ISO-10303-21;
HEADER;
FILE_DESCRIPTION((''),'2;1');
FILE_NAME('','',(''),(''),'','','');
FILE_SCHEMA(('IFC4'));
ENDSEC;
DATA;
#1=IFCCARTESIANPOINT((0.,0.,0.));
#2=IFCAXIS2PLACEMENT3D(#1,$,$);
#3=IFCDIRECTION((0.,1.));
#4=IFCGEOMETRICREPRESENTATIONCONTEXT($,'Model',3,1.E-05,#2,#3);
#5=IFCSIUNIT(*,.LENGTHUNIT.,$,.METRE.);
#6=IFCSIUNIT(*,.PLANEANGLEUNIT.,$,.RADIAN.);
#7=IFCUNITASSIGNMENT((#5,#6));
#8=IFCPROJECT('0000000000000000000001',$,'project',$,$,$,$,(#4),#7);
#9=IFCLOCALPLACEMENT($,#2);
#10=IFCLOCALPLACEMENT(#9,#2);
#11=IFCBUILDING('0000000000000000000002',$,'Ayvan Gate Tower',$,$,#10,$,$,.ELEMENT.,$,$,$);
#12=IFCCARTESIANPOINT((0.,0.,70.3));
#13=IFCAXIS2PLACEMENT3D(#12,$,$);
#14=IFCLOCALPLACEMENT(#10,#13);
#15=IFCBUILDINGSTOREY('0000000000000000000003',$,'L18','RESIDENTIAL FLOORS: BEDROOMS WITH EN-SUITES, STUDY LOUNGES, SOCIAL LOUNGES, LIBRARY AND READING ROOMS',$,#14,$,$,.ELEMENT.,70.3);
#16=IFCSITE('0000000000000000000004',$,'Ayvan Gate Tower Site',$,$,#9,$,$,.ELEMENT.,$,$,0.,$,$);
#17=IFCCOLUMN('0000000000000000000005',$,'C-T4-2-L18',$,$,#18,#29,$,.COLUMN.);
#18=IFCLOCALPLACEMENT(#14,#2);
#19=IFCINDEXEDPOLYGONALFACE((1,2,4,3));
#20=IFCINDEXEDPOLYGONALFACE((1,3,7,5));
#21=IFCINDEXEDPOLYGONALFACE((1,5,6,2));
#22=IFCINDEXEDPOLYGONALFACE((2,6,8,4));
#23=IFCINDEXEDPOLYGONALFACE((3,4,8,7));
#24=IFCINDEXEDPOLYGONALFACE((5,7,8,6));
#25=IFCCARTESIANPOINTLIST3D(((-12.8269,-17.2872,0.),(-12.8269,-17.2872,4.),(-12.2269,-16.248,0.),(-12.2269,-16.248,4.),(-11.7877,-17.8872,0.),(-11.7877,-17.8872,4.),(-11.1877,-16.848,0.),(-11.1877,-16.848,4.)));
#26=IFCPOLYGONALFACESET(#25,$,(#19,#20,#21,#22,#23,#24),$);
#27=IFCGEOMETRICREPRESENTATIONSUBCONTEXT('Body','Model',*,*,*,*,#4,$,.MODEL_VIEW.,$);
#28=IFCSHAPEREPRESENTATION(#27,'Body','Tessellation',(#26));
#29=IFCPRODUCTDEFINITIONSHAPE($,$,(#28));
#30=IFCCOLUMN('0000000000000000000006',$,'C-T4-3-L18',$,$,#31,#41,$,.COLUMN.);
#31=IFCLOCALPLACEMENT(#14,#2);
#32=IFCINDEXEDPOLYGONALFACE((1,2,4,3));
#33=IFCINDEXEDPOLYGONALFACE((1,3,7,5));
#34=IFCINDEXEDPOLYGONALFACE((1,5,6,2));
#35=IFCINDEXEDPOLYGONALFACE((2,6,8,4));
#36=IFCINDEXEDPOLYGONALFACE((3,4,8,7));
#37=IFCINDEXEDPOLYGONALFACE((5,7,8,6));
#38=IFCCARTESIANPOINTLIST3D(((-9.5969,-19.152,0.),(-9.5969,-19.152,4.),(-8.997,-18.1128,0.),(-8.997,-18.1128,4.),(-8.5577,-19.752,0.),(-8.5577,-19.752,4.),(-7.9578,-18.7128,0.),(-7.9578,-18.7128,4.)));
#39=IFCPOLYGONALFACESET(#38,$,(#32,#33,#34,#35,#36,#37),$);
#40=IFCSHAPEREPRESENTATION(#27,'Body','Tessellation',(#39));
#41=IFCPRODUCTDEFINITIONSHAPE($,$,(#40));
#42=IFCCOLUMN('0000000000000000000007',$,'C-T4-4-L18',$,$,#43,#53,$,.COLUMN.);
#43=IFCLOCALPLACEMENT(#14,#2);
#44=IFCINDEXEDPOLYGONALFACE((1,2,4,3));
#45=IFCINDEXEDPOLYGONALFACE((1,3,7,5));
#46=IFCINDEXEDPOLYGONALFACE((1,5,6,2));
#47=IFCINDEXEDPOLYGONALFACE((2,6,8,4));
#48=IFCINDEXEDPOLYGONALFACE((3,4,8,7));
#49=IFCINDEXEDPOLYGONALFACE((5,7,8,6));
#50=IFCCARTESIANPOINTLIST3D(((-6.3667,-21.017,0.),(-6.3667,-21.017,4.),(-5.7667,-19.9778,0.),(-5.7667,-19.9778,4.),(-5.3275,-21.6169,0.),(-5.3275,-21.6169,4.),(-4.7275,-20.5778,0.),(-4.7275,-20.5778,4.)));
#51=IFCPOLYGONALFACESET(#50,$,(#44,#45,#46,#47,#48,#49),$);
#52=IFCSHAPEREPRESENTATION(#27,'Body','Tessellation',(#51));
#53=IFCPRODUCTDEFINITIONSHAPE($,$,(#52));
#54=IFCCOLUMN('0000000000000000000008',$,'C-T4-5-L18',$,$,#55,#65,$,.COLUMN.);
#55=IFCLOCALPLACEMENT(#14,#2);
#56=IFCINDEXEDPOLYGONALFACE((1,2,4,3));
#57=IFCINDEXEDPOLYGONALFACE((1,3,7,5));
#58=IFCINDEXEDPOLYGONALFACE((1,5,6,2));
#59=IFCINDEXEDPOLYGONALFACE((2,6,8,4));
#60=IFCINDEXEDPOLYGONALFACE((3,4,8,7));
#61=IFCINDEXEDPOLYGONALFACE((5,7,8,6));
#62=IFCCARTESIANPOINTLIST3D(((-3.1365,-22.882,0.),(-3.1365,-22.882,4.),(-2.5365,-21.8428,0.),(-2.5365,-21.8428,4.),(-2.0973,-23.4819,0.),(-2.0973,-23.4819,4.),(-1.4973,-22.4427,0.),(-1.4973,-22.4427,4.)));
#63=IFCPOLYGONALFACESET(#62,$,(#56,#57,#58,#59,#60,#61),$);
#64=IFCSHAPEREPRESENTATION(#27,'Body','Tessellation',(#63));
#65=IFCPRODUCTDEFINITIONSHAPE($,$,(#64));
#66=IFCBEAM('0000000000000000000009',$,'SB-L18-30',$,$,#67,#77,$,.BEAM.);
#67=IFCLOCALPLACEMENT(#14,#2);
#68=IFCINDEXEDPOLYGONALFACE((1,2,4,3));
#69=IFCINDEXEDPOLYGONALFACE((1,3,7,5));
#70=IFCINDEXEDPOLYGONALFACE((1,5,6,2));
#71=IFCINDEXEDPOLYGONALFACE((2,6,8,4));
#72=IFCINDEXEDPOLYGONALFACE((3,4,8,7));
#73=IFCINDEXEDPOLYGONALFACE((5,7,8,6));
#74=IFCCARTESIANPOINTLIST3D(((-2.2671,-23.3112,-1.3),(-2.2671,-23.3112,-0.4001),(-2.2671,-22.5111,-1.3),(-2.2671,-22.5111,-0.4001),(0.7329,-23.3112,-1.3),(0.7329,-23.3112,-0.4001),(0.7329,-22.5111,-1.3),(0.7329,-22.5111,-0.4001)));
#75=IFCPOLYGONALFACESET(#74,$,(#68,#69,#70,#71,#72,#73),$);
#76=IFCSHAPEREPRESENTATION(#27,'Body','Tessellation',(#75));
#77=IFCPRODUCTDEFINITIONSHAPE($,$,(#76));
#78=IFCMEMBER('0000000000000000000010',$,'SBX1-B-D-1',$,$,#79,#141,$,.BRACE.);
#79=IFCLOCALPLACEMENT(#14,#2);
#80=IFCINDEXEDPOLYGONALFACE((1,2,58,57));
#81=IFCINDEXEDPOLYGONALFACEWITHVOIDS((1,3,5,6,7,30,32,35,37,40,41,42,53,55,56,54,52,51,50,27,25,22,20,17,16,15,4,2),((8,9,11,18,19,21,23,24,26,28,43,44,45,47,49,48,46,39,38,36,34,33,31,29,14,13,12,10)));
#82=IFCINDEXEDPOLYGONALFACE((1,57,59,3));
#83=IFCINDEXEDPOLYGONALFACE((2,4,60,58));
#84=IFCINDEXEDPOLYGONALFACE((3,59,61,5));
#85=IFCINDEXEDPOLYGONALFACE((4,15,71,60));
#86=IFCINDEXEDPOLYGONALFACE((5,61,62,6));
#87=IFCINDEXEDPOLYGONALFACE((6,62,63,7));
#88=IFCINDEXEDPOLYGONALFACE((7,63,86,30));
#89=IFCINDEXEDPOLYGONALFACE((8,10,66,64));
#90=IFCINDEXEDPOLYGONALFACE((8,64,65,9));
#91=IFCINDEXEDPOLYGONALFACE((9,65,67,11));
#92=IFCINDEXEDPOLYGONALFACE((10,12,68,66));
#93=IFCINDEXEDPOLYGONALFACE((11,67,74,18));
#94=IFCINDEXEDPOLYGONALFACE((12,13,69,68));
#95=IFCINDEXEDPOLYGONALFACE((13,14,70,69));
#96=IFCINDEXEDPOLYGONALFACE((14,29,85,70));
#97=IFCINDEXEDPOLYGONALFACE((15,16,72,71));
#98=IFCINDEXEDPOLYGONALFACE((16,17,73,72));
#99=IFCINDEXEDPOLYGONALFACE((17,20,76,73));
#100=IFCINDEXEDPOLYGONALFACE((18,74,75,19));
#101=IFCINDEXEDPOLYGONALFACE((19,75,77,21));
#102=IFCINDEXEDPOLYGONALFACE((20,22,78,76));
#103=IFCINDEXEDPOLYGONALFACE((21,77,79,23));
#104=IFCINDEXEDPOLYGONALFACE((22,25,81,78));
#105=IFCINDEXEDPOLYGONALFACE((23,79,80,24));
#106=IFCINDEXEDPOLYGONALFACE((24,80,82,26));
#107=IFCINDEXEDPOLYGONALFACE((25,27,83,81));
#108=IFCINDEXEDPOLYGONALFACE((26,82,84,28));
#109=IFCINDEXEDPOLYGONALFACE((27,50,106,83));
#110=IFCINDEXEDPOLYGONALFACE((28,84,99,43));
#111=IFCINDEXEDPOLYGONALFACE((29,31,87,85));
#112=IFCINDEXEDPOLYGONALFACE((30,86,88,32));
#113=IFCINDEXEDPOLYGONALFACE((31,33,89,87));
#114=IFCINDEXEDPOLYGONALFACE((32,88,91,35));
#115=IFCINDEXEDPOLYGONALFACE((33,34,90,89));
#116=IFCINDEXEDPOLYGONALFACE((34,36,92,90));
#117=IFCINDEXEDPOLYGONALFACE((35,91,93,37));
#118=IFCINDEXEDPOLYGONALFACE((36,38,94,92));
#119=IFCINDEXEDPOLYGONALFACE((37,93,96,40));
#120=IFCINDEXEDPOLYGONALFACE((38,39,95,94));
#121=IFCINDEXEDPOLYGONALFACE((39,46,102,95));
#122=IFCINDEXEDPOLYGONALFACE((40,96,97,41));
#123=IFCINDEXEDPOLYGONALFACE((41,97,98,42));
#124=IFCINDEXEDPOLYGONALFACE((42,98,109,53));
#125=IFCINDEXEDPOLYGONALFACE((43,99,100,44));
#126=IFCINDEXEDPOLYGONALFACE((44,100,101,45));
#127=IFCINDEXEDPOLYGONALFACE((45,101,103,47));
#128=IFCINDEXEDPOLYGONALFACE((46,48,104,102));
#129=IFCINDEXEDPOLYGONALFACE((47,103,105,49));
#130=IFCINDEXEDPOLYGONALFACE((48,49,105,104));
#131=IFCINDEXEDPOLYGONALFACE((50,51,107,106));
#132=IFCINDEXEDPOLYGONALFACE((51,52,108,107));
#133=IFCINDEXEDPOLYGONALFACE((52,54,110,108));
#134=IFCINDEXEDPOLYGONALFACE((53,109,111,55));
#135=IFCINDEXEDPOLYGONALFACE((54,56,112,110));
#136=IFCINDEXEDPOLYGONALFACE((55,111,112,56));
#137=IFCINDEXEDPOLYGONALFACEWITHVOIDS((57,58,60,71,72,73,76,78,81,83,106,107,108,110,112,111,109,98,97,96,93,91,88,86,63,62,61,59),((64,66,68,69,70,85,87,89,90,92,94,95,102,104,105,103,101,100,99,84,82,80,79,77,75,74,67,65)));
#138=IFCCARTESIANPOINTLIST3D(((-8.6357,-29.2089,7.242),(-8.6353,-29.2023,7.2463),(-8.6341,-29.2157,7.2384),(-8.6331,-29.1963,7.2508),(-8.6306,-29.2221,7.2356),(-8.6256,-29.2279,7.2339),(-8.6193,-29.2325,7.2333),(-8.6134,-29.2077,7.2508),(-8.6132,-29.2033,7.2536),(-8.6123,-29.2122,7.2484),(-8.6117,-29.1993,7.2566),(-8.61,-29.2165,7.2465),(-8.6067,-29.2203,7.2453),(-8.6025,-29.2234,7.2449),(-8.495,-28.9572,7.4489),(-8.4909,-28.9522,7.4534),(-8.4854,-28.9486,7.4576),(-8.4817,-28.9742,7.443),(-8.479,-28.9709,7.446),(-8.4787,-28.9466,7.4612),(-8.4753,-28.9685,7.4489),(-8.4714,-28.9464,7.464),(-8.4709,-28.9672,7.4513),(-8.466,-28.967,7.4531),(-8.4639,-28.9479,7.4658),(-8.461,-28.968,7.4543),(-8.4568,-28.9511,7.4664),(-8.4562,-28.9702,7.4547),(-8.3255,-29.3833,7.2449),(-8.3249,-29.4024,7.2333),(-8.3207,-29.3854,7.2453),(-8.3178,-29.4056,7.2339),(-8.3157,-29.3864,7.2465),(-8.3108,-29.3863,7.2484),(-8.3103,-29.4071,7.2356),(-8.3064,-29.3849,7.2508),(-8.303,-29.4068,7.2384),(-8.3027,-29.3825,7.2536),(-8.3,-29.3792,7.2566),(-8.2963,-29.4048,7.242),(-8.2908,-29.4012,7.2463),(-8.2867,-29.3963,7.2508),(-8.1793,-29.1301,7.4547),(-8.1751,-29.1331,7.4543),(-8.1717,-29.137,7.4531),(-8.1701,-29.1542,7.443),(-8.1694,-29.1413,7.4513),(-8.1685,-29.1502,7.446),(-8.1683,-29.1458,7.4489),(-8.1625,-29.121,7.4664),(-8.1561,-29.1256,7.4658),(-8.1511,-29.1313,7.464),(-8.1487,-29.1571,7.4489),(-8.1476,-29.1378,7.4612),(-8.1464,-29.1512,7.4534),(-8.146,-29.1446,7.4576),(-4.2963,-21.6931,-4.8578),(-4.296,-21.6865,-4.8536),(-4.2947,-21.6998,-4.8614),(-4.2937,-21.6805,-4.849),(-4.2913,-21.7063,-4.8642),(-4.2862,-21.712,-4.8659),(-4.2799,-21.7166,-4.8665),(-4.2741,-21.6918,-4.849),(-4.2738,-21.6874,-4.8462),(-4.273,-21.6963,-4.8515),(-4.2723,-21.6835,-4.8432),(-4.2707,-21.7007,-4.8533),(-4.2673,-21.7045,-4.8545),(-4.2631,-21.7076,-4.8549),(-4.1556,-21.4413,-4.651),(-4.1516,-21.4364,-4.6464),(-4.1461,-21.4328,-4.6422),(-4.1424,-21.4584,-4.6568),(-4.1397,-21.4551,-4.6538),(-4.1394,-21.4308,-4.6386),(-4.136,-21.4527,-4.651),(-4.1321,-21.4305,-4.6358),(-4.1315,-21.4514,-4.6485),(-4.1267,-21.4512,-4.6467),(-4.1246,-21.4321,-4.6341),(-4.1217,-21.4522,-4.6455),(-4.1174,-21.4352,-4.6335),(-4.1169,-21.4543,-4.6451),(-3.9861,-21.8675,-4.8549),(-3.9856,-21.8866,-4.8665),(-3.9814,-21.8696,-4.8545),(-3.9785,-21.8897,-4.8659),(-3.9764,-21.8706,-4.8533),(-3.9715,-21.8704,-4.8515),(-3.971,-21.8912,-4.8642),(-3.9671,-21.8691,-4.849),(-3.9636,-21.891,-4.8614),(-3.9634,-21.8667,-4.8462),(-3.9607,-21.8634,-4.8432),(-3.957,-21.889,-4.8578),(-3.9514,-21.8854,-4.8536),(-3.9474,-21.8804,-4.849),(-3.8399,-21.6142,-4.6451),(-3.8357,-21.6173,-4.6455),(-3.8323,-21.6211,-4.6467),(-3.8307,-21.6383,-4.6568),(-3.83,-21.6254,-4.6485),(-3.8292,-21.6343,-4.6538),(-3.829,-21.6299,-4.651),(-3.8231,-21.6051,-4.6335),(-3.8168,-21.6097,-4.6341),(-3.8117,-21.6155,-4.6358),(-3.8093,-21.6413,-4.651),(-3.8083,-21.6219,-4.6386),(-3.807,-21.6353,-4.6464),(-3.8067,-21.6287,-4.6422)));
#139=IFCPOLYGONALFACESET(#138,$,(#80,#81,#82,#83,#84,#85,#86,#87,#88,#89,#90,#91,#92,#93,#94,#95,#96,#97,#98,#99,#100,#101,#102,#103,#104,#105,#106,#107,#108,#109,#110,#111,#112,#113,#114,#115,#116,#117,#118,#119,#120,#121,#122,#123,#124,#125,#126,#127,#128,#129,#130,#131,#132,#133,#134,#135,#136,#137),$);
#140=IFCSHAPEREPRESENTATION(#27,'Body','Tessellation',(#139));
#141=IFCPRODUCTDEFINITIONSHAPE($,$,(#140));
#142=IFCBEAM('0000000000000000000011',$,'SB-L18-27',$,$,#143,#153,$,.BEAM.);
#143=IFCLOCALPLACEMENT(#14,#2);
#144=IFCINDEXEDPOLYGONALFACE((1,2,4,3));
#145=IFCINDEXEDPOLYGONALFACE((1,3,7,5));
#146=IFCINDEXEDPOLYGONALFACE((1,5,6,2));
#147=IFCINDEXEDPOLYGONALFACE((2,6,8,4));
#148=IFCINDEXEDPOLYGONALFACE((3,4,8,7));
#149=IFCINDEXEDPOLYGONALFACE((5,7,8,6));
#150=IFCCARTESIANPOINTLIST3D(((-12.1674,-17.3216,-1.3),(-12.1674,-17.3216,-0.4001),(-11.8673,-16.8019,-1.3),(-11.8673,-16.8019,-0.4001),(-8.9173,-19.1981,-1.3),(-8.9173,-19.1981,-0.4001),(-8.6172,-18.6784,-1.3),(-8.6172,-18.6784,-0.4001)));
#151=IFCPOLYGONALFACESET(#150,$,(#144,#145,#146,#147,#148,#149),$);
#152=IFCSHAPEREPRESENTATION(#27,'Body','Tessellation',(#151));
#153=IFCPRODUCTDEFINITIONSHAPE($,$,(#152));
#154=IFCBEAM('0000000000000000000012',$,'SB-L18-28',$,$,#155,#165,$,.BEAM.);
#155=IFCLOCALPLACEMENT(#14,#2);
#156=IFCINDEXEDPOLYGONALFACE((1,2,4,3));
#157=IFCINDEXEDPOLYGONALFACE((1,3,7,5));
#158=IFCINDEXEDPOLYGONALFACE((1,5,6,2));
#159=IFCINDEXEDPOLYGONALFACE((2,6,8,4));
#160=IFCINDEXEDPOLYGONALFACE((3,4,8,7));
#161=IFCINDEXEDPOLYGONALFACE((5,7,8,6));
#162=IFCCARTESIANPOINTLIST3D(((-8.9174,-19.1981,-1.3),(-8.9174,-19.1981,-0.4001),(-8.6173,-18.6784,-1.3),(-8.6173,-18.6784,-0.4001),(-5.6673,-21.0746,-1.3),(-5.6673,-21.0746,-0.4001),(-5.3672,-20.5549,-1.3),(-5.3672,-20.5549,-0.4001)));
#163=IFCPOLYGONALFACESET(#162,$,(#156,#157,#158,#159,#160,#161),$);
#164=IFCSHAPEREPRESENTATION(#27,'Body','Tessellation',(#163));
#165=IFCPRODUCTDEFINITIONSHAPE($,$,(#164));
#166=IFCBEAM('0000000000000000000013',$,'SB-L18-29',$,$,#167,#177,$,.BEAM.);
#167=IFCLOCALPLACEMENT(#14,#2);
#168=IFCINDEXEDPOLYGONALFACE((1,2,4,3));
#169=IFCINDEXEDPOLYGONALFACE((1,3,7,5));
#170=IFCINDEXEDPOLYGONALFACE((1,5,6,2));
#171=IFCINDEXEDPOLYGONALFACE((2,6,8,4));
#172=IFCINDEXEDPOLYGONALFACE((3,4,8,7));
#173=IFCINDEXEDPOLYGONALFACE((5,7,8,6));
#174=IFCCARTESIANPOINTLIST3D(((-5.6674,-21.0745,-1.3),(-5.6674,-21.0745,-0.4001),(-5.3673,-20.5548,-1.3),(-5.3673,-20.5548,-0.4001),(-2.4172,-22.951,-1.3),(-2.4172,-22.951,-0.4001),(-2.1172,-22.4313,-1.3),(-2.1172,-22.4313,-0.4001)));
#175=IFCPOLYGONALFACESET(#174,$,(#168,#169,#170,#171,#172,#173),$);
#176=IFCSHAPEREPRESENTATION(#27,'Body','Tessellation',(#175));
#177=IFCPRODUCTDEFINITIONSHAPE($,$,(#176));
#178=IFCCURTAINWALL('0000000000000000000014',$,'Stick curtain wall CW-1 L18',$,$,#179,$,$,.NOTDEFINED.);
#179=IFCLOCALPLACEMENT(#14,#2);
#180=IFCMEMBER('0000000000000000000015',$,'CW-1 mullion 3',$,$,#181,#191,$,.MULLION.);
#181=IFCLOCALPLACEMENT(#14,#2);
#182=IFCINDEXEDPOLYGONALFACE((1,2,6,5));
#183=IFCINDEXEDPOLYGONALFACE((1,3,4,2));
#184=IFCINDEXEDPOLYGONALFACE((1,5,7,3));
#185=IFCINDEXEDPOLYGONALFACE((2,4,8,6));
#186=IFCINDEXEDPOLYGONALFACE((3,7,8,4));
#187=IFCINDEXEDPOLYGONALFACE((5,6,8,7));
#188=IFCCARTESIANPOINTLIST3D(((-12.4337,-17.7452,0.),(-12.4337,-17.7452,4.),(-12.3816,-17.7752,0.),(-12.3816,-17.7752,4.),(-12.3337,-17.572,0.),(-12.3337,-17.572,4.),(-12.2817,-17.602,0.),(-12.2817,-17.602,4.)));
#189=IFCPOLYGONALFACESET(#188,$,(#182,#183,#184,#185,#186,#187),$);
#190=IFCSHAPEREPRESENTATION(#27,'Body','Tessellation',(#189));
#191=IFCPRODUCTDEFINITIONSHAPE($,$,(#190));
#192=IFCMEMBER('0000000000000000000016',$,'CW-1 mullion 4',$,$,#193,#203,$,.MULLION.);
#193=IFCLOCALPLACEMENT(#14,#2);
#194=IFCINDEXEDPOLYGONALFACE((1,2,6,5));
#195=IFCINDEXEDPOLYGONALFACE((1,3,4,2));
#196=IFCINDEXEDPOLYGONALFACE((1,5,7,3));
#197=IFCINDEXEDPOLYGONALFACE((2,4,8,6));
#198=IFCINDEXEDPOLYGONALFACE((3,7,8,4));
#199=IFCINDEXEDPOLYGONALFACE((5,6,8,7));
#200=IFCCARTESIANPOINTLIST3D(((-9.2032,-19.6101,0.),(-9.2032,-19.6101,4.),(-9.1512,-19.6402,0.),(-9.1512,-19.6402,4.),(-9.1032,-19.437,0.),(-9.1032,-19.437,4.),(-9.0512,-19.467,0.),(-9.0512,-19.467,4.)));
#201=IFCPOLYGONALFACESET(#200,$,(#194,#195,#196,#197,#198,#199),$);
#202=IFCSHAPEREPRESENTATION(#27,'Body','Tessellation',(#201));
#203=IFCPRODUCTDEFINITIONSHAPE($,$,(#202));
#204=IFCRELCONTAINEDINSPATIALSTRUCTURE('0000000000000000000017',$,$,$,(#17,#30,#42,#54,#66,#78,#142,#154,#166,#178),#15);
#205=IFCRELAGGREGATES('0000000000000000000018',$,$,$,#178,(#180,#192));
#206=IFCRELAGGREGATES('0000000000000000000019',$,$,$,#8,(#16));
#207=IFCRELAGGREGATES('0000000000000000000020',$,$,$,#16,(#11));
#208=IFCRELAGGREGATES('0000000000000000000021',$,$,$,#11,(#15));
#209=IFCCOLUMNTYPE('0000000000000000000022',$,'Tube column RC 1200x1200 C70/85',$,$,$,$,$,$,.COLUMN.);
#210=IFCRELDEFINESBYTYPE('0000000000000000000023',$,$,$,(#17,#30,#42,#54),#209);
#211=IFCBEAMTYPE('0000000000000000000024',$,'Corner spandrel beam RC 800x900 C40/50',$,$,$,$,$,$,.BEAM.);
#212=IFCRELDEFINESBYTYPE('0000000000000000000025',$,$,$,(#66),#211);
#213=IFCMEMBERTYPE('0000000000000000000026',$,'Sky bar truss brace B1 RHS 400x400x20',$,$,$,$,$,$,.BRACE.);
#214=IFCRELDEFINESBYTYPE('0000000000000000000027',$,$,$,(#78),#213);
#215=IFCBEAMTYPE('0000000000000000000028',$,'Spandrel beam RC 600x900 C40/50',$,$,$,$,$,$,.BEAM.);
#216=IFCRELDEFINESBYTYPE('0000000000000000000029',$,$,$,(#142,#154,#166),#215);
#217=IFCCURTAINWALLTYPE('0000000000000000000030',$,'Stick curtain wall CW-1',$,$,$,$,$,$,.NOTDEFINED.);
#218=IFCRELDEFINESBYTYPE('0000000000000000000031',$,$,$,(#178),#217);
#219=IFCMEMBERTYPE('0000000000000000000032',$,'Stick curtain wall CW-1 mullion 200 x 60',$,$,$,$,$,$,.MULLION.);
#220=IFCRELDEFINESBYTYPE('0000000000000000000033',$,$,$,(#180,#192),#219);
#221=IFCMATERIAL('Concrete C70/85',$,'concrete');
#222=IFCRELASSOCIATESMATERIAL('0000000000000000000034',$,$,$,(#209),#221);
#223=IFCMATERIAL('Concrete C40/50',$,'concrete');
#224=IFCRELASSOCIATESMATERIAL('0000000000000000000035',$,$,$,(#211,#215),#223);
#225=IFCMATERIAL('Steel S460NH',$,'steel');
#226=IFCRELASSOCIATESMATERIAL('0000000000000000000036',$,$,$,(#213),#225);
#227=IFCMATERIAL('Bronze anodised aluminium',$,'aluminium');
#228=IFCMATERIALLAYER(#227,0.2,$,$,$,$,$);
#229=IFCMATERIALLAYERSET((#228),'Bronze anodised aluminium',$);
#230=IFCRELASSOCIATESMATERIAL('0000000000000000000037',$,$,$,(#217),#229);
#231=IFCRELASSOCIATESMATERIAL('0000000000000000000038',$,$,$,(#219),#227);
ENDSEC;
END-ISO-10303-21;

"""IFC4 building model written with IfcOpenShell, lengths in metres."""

from ifc_helpers import new_model, si_unit, direction, frame, origin, origin_2d, place, context, subcontext, project, spatial, rectangle, hollow_rectangle, extrude, material, layer, layer_set, material_profile, profile_set, type_object, element, aggregate, save


model = new_model("IFC4")

# Units and contexts
model_context = context("Model", 3, precision=1e-05, world=origin(), true_north=direction((0.0, 1.0)))
body_context = subcontext(model_context, "Body", "Model", "MODEL_VIEW")
ifc_project = project(units=[si_unit("LENGTHUNIT", "METRE"), si_unit("PLANEANGLEUNIT", "RADIAN")], contexts=[model_context])

# Site, building, storey
site_placement = place(None, origin())
site = spatial("IfcSite", under=ifc_project, at=site_placement, Name="Ayvan Gate Tower Site", CompositionType="ELEMENT", RefElevation=0.0)
building_placement = place(site_placement, origin())
building = spatial("IfcBuilding", under=site, at=building_placement, Name="Ayvan Gate Tower", CompositionType="ELEMENT")
storey_placement = place(building_placement, frame((0.0, 0.0, 70.3)))
storey = spatial("IfcBuildingStorey", under=building, at=storey_placement, Name="L18", Description="RESIDENTIAL FLOORS: BEDROOMS WITH EN-SUITES, STUDY LOUNGES, SOCIAL LOUNGES, LIBRARY AND READING ROOMS", CompositionType="ELEMENT", Elevation=70.3)

# Columns
ifc_material_1 = material(Name="Concrete C70/85", Category="concrete")
ifc_material_profile_1 = material_profile(ifc_material_1, rectangle(XDim=1.2, YDim=1.2, at=origin_2d()), Name="RC 1200x1200")
ifc_profile_set_1 = profile_set([ifc_material_profile_1], Name="Concrete C70/85")
column_type = type_object("IfcColumnType", Name="Tube column RC 1200x1200 C70/85", PredefinedType="COLUMN", material=ifc_profile_set_1)
for number, where, z_axis, x_axis, name in (
    (1, (-12.0073, -17.0676, 0.0), (0.0, 0.0, 1.0), (-0.5, -0.866025, 0.0), "C-T4-2-L18"),
    (2, (-8.7773, -18.9324, 0.0), (0.0, 0.0, 1.0), (-0.5, -0.866025, 0.0), "C-T4-3-L18"),
    (3, (-5.5471, -20.7974, 0.0), (0.0, 0.0, 1.0), (-0.5, -0.866025, 0.0), "C-T4-4-L18"),
    (4, (-2.3169, -22.6624, 0.0), (0.0, 0.0, 1.0), (-0.5, -0.866025, 0.0), "C-T4-5-L18"),
):
    element("IfcColumn", number, at=place(storey_placement, frame(where, z_axis=z_axis, x_axis=x_axis)), inside=storey, type_object=column_type, Name=name, PredefinedType="COLUMN", context=body_context, shape_type="SweptSolid", body=[
        extrude(rectangle(XDim=1.2, YDim=1.2, at=origin_2d()), origin(), (0.0, 0.0, 1.0), 4.0),
    ])

# Beam
ifc_material_2 = material(Name="Concrete C40/50", Category="concrete")
ifc_material_profile_2 = material_profile(ifc_material_2, rectangle(XDim=0.8, YDim=0.8999, at=origin_2d()), Name="RC 800x900")
ifc_profile_set_2 = profile_set([ifc_material_profile_2], Name="Concrete C40/50")
beam_type_1 = type_object("IfcBeamType", Name="Corner spandrel beam RC 800x900 C40/50", PredefinedType="BEAM", material=ifc_profile_set_2)
beam_placement = place(storey_placement, frame((-2.2671, -22.9111, -0.8501), z_axis=(1.0, 0.0, 0.0), x_axis=(0.0, 1.0, 0.0)))
element("IfcBeam", 5, at=beam_placement, inside=storey, type_object=beam_type_1, Name="SB-L18-30", PredefinedType="BEAM", context=body_context, shape_type="SweptSolid", body=[
    extrude(rectangle(XDim=0.8, YDim=0.8999, at=origin_2d()), origin(), (0.0, 0.0, 1.0), 3.0),
])

# Member
ifc_material_3 = material(Name="Steel S460NH", Category="steel")
ifc_material_profile_3 = material_profile(ifc_material_3, hollow_rectangle(XDim=0.3999, YDim=0.3999, WallThickness=0.02, InnerFilletRadius=0.02, OuterFilletRadius=0.03, at=origin_2d()), Name="RHS 400x400x20")
ifc_profile_set_3 = profile_set([ifc_material_profile_3], Name="Steel S460NH")
member_type_1 = type_object("IfcMemberType", Name="Sky bar truss brace B1 RHS 400x400x20", PredefinedType="BRACE", material=ifc_profile_set_3)
member_1_placement = place(storey_placement, frame((-4.0515, -21.6609, -4.75), z_axis=(-0.291419, -0.504745, 0.812593), x_axis=(0.866022, -0.500006, 0.0)))
element("IfcMember", 6, at=member_1_placement, inside=storey, type_object=member_type_1, Name="SBX1-B-D-1", PredefinedType="BRACE", context=body_context, shape_type="SweptSolid", body=[
    extrude(hollow_rectangle(XDim=0.3999, YDim=0.3999, WallThickness=0.02, InnerFilletRadius=0.02, OuterFilletRadius=0.03, at=origin_2d()), origin(), (0.0, 0.0, 1.0), 14.8904),
])

# Beams
ifc_material_profile_4 = material_profile(ifc_material_2, rectangle(XDim=0.6001, YDim=0.8999, at=origin_2d()), Name="RC 600x900")
ifc_profile_set_4 = profile_set([ifc_material_profile_4], Name="Concrete C40/50")
beam_type_2 = type_object("IfcBeamType", Name="Spandrel beam RC 600x900 C40/50", PredefinedType="BEAM", material=ifc_profile_set_4)
for number, where, z_axis, x_axis, name in (
    (7, (-12.0173, -17.0618, -0.8501), (0.866017, -0.500015, 0.0), (0.500015, 0.866017, 0.0), "SB-L18-27"),
    (8, (-8.7673, -18.9382, -0.8501), (0.866017, -0.500015, 0.0), (0.500015, 0.866017, 0.0), "SB-L18-28"),
    (9, (-5.5173, -20.8147, -0.8501), (0.866033, -0.499987, 0.0), (0.499987, 0.866033, 0.0), "SB-L18-29"),
):
    element("IfcBeam", number, at=place(storey_placement, frame(where, z_axis=z_axis, x_axis=x_axis)), inside=storey, type_object=beam_type_2, Name=name, PredefinedType="BEAM", context=body_context, shape_type="SweptSolid", body=[
        extrude(rectangle(XDim=0.6001, YDim=0.8999, at=origin_2d()), origin(), (0.0, 0.0, 1.0), 3.7529),
    ])

# Curtain wall, members
ifc_material_4 = material(Name="Bronze anodised aluminium", Category="aluminium")
ifc_layer_1 = layer(ifc_material_4, 0.2)
ifc_layer_set_1 = layer_set([ifc_layer_1], Name="Bronze anodised aluminium")
curtain_wall_type_1 = type_object("IfcCurtainWallType", Name="Stick curtain wall CW-1", PredefinedType="NOTDEFINED", material=ifc_layer_set_1)
curtain_wall_1_placement = place(storey_placement, origin())
curtain_wall_1 = element("IfcCurtainWall", 10, at=curtain_wall_1_placement, inside=storey, type_object=curtain_wall_type_1, Name="Stick curtain wall CW-1 L18", PredefinedType="NOTDEFINED")
ifc_material_profile_5 = material_profile(ifc_material_4, rectangle(XDim=0.2, YDim=0.0601, at=origin_2d()), Name="Stick curtain wall CW-1 mullion 200 x 60")
ifc_profile_set_5 = profile_set([ifc_material_profile_5], Name="Bronze anodised aluminium")
member_type_2 = type_object("IfcMemberType", Name="Stick curtain wall CW-1 mullion 200 x 60", PredefinedType="MULLION", material=ifc_profile_set_5)
member_2_placement = place(storey_placement, frame((-12.3577, -17.6736, 0.0), z_axis=(0.0, 0.0, 1.0), x_axis=(-0.5, -0.866025, 0.0)))
member_2 = element("IfcMember", 11, at=member_2_placement, type_object=member_type_2, Name="CW-1 mullion 3", PredefinedType="MULLION", context=body_context, shape_type="SweptSolid", body=[
    extrude(rectangle(XDim=0.2, YDim=0.0601, at=origin_2d()), origin(), (0.0, 0.0, 1.0), 4.0),
])
member_3_placement = place(storey_placement, frame((-9.1272, -19.5386, 0.0), z_axis=(0.0, 0.0, 1.0), x_axis=(-0.5, -0.866025, 0.0)))
member_3 = element("IfcMember", 12, at=member_3_placement, type_object=member_type_2, Name="CW-1 mullion 4", PredefinedType="MULLION", context=body_context, shape_type="SweptSolid", body=[
    extrude(rectangle(XDim=0.2, YDim=0.0601, at=origin_2d()), origin(), (0.0, 0.0, 1.0), 4.0),
])

aggregate(curtain_wall_1, [member_2, member_3])

save(model, "model.ifc")
